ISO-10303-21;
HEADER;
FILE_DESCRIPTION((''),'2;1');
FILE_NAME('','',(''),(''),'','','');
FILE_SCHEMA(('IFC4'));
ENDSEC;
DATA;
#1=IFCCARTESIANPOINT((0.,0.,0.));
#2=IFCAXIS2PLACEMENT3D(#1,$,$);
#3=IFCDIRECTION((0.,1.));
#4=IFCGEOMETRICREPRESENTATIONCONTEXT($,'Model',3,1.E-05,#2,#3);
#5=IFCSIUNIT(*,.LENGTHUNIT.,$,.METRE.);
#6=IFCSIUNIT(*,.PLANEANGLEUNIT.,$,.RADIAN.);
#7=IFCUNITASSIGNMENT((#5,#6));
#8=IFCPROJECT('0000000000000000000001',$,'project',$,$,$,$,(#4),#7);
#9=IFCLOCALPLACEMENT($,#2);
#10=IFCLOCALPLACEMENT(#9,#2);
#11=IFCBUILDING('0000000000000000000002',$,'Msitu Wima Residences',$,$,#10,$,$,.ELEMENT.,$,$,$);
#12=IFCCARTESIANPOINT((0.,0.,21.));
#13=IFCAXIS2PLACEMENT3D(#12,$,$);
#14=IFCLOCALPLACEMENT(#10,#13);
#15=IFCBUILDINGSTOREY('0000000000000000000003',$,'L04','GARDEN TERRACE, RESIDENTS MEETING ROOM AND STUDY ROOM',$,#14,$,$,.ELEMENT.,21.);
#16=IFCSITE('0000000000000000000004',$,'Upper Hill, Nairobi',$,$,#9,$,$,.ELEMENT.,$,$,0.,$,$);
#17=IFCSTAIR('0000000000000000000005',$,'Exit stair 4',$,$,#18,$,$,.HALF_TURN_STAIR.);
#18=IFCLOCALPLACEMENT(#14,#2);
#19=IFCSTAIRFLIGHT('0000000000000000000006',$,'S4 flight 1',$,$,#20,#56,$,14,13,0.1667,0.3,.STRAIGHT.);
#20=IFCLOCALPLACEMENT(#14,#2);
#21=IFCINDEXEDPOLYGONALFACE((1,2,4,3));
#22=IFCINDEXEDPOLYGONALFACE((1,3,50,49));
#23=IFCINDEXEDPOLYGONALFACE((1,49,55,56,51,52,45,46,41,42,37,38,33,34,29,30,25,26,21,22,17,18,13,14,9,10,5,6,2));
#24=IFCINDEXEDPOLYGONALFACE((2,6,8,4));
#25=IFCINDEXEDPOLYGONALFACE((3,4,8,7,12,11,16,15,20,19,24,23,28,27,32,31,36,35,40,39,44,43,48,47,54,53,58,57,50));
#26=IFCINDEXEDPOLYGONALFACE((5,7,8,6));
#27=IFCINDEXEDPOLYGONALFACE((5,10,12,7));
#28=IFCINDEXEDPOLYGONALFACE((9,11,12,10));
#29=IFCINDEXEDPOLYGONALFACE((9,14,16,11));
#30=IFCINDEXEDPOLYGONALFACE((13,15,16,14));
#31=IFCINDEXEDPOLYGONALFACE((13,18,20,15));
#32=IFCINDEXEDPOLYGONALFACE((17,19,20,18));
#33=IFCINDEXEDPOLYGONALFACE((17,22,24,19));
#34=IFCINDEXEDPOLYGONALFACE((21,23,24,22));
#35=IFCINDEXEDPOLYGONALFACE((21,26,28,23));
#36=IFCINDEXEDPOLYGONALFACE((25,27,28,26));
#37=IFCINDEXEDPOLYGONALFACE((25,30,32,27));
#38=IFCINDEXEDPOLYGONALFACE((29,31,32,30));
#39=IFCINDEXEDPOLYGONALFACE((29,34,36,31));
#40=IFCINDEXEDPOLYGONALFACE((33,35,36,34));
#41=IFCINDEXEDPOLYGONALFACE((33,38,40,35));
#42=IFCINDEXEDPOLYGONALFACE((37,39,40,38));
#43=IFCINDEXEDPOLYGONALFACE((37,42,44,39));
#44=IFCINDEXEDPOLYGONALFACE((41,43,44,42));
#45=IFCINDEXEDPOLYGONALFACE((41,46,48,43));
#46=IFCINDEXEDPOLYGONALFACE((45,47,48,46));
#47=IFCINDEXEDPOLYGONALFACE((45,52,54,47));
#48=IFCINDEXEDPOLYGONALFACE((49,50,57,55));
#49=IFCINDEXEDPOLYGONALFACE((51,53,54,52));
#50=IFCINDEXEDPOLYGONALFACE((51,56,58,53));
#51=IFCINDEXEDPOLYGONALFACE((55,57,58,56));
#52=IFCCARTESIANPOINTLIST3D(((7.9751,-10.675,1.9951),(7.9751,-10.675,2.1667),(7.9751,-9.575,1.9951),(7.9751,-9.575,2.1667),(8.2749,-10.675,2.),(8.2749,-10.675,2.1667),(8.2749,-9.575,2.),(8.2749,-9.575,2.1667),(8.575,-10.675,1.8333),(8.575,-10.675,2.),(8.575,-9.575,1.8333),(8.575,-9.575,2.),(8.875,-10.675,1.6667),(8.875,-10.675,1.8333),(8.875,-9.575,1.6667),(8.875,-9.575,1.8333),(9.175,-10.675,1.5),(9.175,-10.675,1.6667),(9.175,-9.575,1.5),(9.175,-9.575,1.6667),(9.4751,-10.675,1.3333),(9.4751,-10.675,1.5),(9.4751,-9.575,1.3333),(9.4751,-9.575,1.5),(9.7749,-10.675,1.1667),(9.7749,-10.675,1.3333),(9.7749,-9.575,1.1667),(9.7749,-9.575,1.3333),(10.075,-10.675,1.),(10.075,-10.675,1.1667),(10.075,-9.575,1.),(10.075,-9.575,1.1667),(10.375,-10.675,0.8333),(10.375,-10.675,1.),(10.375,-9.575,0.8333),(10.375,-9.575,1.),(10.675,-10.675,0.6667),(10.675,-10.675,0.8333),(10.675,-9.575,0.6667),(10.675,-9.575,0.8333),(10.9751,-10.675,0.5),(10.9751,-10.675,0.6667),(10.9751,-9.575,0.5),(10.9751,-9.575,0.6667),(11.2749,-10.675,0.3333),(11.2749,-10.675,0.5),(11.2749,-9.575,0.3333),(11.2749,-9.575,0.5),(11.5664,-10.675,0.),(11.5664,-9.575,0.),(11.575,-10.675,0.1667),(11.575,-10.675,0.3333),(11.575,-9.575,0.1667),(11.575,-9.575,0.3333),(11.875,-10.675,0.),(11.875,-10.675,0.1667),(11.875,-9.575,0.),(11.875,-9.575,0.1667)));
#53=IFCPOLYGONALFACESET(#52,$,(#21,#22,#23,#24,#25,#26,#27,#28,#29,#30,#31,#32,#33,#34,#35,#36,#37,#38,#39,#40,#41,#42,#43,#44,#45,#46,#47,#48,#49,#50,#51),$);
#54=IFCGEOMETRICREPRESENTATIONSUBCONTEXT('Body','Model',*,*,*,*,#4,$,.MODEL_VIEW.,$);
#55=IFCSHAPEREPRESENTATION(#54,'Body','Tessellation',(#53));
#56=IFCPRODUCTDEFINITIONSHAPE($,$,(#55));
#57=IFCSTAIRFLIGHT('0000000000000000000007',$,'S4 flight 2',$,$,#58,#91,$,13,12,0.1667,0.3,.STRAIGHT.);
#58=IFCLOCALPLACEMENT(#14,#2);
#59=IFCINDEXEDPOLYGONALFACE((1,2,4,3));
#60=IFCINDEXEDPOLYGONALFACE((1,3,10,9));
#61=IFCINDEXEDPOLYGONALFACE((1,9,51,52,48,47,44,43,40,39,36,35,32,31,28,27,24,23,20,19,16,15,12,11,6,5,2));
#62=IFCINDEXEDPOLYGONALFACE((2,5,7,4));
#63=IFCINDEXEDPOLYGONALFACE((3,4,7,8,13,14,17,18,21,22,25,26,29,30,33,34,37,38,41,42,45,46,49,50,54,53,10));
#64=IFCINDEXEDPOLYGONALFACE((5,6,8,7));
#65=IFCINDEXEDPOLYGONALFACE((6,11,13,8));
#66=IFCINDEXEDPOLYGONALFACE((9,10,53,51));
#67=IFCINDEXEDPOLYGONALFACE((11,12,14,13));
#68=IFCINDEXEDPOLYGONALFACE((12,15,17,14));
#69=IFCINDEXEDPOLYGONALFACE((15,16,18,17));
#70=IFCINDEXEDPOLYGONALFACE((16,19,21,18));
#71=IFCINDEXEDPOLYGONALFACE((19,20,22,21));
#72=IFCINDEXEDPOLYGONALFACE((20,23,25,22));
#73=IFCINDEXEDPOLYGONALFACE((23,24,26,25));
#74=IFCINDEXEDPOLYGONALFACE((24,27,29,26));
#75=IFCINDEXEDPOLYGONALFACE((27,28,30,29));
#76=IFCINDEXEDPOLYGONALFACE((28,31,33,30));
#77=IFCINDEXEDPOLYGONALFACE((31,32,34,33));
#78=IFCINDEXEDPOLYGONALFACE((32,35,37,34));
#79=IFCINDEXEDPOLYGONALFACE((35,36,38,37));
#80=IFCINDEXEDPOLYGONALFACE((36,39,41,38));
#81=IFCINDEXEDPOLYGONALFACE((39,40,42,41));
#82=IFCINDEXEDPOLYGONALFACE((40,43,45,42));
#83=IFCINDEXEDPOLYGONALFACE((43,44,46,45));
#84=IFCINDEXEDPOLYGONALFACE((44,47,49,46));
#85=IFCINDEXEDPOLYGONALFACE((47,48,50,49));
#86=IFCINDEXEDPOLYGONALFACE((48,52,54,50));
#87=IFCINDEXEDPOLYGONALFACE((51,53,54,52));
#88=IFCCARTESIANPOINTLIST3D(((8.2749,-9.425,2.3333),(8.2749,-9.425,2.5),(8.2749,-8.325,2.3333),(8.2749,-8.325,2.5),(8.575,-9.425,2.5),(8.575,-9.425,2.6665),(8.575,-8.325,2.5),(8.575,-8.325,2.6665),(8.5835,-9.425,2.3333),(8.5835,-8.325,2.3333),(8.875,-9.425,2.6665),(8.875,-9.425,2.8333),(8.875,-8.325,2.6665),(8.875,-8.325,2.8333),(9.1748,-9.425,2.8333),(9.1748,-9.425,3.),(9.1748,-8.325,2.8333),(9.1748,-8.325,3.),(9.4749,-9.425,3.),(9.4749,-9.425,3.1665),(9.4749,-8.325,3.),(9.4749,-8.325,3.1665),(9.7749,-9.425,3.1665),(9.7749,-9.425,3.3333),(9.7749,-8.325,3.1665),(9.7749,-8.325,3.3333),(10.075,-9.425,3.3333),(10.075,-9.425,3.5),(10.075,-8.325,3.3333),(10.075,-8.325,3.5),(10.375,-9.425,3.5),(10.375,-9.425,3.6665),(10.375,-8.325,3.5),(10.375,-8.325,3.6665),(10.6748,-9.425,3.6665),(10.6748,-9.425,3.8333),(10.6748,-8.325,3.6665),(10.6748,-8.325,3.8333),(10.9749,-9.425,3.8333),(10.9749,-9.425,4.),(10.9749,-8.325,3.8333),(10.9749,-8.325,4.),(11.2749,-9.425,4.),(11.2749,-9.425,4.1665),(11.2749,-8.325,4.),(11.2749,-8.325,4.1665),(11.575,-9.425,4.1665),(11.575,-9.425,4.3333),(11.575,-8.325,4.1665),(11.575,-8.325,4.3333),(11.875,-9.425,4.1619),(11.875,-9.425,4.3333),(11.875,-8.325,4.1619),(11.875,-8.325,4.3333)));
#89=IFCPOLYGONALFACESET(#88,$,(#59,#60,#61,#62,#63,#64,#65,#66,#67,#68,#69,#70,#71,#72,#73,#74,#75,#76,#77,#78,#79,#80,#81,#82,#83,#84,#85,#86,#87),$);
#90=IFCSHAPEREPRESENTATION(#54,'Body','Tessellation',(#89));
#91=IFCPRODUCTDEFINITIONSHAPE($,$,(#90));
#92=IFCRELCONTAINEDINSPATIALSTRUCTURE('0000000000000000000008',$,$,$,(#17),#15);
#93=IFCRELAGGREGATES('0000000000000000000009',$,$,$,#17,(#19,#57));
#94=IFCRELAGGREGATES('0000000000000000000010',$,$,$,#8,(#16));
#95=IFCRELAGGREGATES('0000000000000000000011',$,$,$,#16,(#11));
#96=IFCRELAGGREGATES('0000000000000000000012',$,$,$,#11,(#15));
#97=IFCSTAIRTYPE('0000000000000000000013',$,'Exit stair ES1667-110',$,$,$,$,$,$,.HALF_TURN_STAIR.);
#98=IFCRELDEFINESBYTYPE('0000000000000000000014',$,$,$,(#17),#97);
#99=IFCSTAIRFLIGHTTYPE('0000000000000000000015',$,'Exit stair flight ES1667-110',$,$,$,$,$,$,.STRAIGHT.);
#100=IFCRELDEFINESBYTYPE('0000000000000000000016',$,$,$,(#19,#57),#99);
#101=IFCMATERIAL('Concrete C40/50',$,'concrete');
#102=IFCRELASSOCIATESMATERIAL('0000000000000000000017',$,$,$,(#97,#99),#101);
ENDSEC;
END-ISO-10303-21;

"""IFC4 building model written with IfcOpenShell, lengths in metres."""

from ifc_helpers import new_model, si_unit, direction, frame, origin, place, context, subcontext, project, spatial, polyline, outline, extrude, material, type_object, element, aggregate, save


model = new_model("IFC4")

# Units and contexts
model_context = context("Model", 3, precision=1e-05, world=origin(), true_north=direction((0.0, 1.0)))
body_context = subcontext(model_context, "Body", "Model", "MODEL_VIEW")
ifc_project = project(units=[si_unit("LENGTHUNIT", "METRE"), si_unit("PLANEANGLEUNIT", "RADIAN")], contexts=[model_context])

# Site, building, storey
site_placement = place(None, origin())
site = spatial("IfcSite", under=ifc_project, at=site_placement, Name="Upper Hill, Nairobi", CompositionType="ELEMENT", RefElevation=0.0)
building_placement = place(site_placement, origin())
building = spatial("IfcBuilding", under=site, at=building_placement, Name="Msitu Wima Residences", CompositionType="ELEMENT")
storey_placement = place(building_placement, frame((0.0, 0.0, 21.0)))
storey = spatial("IfcBuildingStorey", under=building, at=storey_placement, Name="L04", Description="GARDEN TERRACE, RESIDENTS MEETING ROOM AND STUDY ROOM", CompositionType="ELEMENT", Elevation=21.0)

# Shared definitions
ifc_material_1 = material(Name="Concrete C40/50", Category="concrete")

# Stair
stair_type = type_object("IfcStairType", Name="Exit stair ES1667-110", PredefinedType="HALF_TURN_STAIR", material=ifc_material_1)
stair_1_placement = place(storey_placement, origin())
stair_1 = element("IfcStair", 1, at=stair_1_placement, inside=storey, type_object=stair_type, Name="Exit stair 4", PredefinedType="HALF_TURN_STAIR")

# Stair flights
stair_flight_type = type_object("IfcStairFlightType", Name="Exit stair flight ES1667-110", PredefinedType="STRAIGHT", material=ifc_material_1)
stair_flight_1_placement = place(storey_placement, frame((11.875, -10.125, 0.0), z_axis=(0.0, 0.0, 1.0), x_axis=(-1.0, 0.0, 0.0)))
stair_flight_1 = element("IfcStairFlight", 2, at=stair_flight_1_placement, type_object=stair_flight_type, Name="S4 flight 1", NumberOfRisers=14, NumberOfTreads=13, PredefinedType="STRAIGHT", RiserHeight=0.1667, TreadLength=0.3, context=body_context, shape_type="SweptSolid", body=[
    extrude(outline(polyline([(0.0, 0.0), (0.0, 0.1667), (0.3, 0.1667), (0.3, 0.3333), (0.6001, 0.3333), (0.6001, 0.5), (0.8999, 0.5), (0.8999, 0.6667), (1.2, 0.6667), (1.2, 0.8333), (1.5, 0.8333), (1.5, 1.0), (1.8, 1.0), (1.8, 1.1667), (2.1001, 1.1667), (2.1001, 1.3333), (2.3999, 1.3333), (2.3999, 1.5), (2.7, 1.5), (2.7, 1.6667), (3.0, 1.6667), (3.0, 1.8333), (3.3, 1.8333), (3.3, 2.0), (3.6001, 2.0), (3.6001, 2.1667), (3.8999, 2.1667), (3.8999, 2.3333), (3.8999, 1.9951), (0.3086, 0.0), (0.0, 0.0)])), frame((0.0, 0.55, 0.0), z_axis=(0.0, -1.0, 0.0), x_axis=(1.0, 0.0, 0.0)), (0.0, 0.0, 1.0), 1.1001),
])
stair_flight_2_placement = place(storey_placement, frame((8.2749, -8.875, 2.3333), z_axis=(0.0, 0.0, 1.0), x_axis=(1.0, 0.0, 0.0)))
stair_flight_2 = element("IfcStairFlight", 3, at=stair_flight_2_placement, type_object=stair_flight_type, Name="S4 flight 2", NumberOfRisers=13, NumberOfTreads=12, PredefinedType="STRAIGHT", RiserHeight=0.1667, TreadLength=0.3, context=body_context, shape_type="SweptSolid", body=[
    extrude(outline(polyline([(0.0, 0.0), (0.0, 0.1667), (0.3, 0.1667), (0.3, 0.3333), (0.6001, 0.3333), (0.6001, 0.5), (0.8999, 0.5), (0.8999, 0.6667), (1.2, 0.6667), (1.2, 0.8333), (1.5, 0.8333), (1.5, 1.0), (1.8, 1.0), (1.8, 1.1667), (2.1001, 1.1667), (2.1001, 1.3333), (2.3999, 1.3333), (2.3999, 1.5), (2.7, 1.5), (2.7, 1.6667), (3.0, 1.6667), (3.0, 1.8333), (3.3, 1.8333), (3.3, 2.0), (3.6001, 2.0), (3.6001, 2.1667), (3.6001, 1.8286), (0.3086, 0.0), (0.0, 0.0)])), frame((0.0, 0.55, 0.0), z_axis=(0.0, -1.0, 0.0), x_axis=(1.0, 0.0, 0.0)), (0.0, 0.0, 1.0), 1.1001),
])
aggregate(stair_1, [stair_flight_1, stair_flight_2])

save(model, "model.ifc")
